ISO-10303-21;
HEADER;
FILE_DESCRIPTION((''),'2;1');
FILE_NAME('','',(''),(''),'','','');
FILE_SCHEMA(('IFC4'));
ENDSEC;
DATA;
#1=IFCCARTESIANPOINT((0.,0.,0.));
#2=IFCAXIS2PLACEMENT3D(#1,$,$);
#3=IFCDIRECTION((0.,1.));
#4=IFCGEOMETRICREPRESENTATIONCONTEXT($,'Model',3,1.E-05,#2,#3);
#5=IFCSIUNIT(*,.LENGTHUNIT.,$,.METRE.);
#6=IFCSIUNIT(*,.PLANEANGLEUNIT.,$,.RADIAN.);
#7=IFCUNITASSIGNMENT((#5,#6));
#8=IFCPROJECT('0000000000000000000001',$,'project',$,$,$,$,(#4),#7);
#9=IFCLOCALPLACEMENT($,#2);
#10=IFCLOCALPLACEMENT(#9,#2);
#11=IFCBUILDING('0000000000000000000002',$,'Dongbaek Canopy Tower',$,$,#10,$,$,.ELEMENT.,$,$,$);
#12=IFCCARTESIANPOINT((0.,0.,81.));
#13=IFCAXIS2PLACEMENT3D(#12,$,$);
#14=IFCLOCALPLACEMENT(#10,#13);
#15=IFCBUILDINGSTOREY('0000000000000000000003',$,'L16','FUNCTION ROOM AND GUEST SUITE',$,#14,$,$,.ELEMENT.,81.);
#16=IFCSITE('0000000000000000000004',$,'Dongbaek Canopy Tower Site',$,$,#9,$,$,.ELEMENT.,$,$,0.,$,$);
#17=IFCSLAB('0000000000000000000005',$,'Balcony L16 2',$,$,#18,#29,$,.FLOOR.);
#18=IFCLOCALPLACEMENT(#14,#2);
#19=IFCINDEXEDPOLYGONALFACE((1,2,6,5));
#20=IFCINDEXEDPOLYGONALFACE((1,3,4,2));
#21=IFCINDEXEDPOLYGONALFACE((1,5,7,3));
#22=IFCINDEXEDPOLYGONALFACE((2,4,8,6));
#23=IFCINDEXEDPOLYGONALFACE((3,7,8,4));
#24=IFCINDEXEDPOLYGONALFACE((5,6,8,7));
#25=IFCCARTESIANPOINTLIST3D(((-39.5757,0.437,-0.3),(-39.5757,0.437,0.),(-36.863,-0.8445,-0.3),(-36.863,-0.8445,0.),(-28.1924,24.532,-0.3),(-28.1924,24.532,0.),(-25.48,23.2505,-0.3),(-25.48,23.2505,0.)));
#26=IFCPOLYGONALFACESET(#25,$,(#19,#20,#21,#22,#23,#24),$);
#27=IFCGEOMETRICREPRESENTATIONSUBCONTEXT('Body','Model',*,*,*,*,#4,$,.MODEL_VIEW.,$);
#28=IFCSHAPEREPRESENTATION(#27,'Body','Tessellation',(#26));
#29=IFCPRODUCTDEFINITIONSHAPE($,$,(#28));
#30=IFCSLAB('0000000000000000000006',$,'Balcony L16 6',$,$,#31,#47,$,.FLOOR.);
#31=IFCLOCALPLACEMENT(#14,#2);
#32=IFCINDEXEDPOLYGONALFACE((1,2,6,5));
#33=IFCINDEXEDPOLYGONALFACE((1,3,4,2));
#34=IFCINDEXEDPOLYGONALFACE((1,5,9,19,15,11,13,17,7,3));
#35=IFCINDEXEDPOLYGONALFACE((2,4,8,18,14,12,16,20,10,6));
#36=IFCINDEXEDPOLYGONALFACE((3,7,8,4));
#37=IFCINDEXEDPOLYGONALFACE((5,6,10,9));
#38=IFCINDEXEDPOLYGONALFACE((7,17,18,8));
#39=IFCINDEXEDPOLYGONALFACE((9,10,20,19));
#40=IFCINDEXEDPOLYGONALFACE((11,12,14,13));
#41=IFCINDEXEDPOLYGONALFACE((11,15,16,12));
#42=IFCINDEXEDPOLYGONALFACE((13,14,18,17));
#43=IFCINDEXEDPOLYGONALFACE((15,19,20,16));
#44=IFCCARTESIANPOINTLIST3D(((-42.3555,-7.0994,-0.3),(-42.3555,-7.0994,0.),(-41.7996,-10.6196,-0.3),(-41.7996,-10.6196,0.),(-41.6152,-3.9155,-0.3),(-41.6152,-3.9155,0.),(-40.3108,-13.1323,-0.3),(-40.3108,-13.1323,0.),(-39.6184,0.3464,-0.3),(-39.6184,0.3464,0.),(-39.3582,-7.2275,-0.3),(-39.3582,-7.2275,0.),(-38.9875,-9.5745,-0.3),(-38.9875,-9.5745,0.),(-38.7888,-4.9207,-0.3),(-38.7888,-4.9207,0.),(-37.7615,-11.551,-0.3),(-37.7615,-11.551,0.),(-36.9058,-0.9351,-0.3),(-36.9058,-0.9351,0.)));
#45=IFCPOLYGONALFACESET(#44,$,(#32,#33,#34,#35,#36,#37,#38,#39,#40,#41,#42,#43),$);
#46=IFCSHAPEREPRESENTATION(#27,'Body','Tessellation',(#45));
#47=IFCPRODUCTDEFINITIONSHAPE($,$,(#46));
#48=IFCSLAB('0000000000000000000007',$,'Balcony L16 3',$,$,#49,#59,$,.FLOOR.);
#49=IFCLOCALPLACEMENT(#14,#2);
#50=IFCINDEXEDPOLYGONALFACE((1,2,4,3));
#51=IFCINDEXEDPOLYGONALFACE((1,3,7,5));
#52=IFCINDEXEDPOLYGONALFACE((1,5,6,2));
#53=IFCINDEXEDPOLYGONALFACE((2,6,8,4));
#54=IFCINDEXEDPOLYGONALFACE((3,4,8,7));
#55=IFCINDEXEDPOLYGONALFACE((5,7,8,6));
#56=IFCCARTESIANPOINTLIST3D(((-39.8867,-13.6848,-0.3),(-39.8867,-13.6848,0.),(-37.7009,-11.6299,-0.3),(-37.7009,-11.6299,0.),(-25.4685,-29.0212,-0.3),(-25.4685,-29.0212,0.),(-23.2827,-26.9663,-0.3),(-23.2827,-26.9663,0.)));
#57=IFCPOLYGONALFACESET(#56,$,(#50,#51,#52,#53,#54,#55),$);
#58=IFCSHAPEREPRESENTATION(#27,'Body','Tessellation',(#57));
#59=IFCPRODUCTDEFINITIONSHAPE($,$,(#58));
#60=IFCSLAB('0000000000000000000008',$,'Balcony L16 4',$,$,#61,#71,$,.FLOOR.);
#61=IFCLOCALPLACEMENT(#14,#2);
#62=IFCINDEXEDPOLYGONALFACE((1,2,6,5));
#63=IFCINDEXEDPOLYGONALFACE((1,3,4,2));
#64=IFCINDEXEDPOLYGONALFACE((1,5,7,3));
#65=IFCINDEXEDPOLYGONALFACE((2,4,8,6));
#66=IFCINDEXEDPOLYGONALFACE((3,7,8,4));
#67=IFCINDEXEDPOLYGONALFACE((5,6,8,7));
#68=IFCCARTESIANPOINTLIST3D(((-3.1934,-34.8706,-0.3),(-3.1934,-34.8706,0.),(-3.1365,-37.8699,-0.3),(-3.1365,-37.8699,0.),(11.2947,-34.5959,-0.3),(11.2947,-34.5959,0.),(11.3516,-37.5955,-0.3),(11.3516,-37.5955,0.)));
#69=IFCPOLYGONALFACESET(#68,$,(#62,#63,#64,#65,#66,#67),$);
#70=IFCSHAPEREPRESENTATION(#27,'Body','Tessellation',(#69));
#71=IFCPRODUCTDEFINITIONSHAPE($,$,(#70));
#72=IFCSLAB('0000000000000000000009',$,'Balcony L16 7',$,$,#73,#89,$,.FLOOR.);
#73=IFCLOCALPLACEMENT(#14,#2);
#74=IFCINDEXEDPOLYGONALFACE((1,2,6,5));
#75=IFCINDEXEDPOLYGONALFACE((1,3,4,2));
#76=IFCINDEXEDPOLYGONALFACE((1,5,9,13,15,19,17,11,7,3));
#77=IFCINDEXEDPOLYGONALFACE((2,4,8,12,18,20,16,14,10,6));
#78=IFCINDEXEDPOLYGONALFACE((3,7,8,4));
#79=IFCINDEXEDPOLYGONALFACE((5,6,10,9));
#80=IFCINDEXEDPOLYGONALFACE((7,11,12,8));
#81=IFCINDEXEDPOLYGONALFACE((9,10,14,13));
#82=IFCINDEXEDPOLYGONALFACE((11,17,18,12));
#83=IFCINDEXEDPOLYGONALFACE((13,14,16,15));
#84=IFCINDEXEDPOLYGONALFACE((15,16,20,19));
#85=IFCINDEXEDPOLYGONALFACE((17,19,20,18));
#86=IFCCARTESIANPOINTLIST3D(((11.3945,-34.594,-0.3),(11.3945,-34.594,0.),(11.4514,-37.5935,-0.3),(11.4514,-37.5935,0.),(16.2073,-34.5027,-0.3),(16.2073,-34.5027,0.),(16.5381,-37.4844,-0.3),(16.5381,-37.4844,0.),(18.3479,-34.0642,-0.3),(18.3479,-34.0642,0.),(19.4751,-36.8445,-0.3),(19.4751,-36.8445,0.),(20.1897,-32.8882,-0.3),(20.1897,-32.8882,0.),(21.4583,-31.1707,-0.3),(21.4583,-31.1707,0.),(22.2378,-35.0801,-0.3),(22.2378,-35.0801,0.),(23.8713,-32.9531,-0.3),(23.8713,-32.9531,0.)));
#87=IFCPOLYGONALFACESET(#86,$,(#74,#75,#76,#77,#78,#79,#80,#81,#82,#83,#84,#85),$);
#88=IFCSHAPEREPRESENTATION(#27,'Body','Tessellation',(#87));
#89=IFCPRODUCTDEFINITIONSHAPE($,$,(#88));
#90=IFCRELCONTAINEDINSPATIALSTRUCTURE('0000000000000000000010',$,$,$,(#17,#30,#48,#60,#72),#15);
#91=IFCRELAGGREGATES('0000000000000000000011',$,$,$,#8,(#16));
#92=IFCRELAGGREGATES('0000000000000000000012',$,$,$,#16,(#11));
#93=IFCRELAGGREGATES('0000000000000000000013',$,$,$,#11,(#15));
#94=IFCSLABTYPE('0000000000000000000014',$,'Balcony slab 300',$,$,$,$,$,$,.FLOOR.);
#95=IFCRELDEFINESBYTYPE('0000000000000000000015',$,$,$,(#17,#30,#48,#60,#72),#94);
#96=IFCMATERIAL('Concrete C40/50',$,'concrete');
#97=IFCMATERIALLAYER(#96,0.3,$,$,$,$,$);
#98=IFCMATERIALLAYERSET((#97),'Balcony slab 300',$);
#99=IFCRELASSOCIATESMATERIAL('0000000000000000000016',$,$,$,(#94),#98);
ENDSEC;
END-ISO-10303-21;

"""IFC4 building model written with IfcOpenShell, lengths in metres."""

from ifc_helpers import new_model, si_unit, direction, frame, origin, place, context, subcontext, project, spatial, polyline, outline, extrude, material, layer, layer_set, type_object, element, save


model = new_model("IFC4")

# Units and contexts
model_context = context("Model", 3, precision=1e-05, world=origin(), true_north=direction((0.0, 1.0)))
body_context = subcontext(model_context, "Body", "Model", "MODEL_VIEW")
ifc_project = project(units=[si_unit("LENGTHUNIT", "METRE"), si_unit("PLANEANGLEUNIT", "RADIAN")], contexts=[model_context])

# Site, building, storey
site_placement = place(None, origin())
site = spatial("IfcSite", under=ifc_project, at=site_placement, Name="Dongbaek Canopy Tower Site", CompositionType="ELEMENT", RefElevation=0.0)
building_placement = place(site_placement, origin())
building = spatial("IfcBuilding", under=site, at=building_placement, Name="Dongbaek Canopy Tower", CompositionType="ELEMENT")
storey_placement = place(building_placement, frame((0.0, 0.0, 81.0)))
storey = spatial("IfcBuildingStorey", under=building, at=storey_placement, Name="L16", Description="FUNCTION ROOM AND GUEST SUITE", CompositionType="ELEMENT", Elevation=81.0)

# Slabs
ifc_material_1 = material(Name="Concrete C40/50", Category="concrete")
ifc_layer_1 = layer(ifc_material_1, 0.3)
ifc_layer_set_1 = layer_set([ifc_layer_1], Name="Balcony slab 300")
slab_type_1 = type_object("IfcSlabType", Name="Balcony slab 300", PredefinedType="FLOOR", material=ifc_layer_set_1)
slab_1_placement = place(storey_placement, frame((0.0, 0.0, -0.3)))
element("IfcSlab", 1, at=slab_1_placement, inside=storey, type_object=slab_type_1, Name="Balcony L16 2", PredefinedType="FLOOR", context=body_context, shape_type="SweptSolid", body=[
    extrude(outline(polyline([(-25.48, 23.2505), (-36.863, -0.8445), (-39.5757, 0.437), (-28.1924, 24.532), (-25.48, 23.2505)])), origin(), (0.0, 0.0, 1.0), 0.3),
])
slab_2_placement = place(storey_placement, frame((0.0, 0.0, -0.3)))
element("IfcSlab", 2, at=slab_2_placement, inside=storey, type_object=slab_type_1, Name="Balcony L16 6", PredefinedType="FLOOR", context=body_context, shape_type="SweptSolid", body=[
    extrude(outline(polyline([(-36.9058, -0.9351), (-38.7888, -4.9207), (-39.3582, -7.2275), (-38.9875, -9.5745), (-37.7615, -11.551), (-40.3108, -13.1323), (-41.7996, -10.6196), (-42.3555, -7.0994), (-41.6152, -3.9155), (-39.6184, 0.3464), (-36.9058, -0.9351)])), origin(), (0.0, 0.0, 1.0), 0.3),
])
slab_3_placement = place(storey_placement, frame((0.0, 0.0, -0.3)))
element("IfcSlab", 3, at=slab_3_placement, inside=storey, type_object=slab_type_1, Name="Balcony L16 3", PredefinedType="FLOOR", context=body_context, shape_type="SweptSolid", body=[
    extrude(outline(polyline([(-37.7009, -11.6299), (-23.2827, -26.9663), (-25.4685, -29.0212), (-39.8867, -13.6848), (-37.7009, -11.6299)])), origin(), (0.0, 0.0, 1.0), 0.3),
])
slab_4_placement = place(storey_placement, frame((0.0, 0.0, -0.3)))
element("IfcSlab", 4, at=slab_4_placement, inside=storey, type_object=slab_type_1, Name="Balcony L16 4", PredefinedType="FLOOR", context=body_context, shape_type="SweptSolid", body=[
    extrude(outline(polyline([(-3.1934, -34.8706), (11.2947, -34.5959), (11.3516, -37.5955), (-3.1365, -37.8699), (-3.1934, -34.8706)])), origin(), (0.0, 0.0, 1.0), 0.3),
])
slab_5_placement = place(storey_placement, frame((0.0, 0.0, -0.3)))
element("IfcSlab", 5, at=slab_5_placement, inside=storey, type_object=slab_type_1, Name="Balcony L16 7", PredefinedType="FLOOR", context=body_context, shape_type="SweptSolid", body=[
    extrude(outline(polyline([(11.3945, -34.594), (16.2073, -34.5027), (18.3479, -34.0642), (20.1897, -32.8882), (21.4583, -31.1707), (23.8713, -32.9531), (22.2378, -35.0801), (19.4751, -36.8445), (16.5381, -37.4844), (11.4514, -37.5935), (11.3945, -34.594)])), origin(), (0.0, 0.0, 1.0), 0.3),
])

save(model, "model.ifc")
